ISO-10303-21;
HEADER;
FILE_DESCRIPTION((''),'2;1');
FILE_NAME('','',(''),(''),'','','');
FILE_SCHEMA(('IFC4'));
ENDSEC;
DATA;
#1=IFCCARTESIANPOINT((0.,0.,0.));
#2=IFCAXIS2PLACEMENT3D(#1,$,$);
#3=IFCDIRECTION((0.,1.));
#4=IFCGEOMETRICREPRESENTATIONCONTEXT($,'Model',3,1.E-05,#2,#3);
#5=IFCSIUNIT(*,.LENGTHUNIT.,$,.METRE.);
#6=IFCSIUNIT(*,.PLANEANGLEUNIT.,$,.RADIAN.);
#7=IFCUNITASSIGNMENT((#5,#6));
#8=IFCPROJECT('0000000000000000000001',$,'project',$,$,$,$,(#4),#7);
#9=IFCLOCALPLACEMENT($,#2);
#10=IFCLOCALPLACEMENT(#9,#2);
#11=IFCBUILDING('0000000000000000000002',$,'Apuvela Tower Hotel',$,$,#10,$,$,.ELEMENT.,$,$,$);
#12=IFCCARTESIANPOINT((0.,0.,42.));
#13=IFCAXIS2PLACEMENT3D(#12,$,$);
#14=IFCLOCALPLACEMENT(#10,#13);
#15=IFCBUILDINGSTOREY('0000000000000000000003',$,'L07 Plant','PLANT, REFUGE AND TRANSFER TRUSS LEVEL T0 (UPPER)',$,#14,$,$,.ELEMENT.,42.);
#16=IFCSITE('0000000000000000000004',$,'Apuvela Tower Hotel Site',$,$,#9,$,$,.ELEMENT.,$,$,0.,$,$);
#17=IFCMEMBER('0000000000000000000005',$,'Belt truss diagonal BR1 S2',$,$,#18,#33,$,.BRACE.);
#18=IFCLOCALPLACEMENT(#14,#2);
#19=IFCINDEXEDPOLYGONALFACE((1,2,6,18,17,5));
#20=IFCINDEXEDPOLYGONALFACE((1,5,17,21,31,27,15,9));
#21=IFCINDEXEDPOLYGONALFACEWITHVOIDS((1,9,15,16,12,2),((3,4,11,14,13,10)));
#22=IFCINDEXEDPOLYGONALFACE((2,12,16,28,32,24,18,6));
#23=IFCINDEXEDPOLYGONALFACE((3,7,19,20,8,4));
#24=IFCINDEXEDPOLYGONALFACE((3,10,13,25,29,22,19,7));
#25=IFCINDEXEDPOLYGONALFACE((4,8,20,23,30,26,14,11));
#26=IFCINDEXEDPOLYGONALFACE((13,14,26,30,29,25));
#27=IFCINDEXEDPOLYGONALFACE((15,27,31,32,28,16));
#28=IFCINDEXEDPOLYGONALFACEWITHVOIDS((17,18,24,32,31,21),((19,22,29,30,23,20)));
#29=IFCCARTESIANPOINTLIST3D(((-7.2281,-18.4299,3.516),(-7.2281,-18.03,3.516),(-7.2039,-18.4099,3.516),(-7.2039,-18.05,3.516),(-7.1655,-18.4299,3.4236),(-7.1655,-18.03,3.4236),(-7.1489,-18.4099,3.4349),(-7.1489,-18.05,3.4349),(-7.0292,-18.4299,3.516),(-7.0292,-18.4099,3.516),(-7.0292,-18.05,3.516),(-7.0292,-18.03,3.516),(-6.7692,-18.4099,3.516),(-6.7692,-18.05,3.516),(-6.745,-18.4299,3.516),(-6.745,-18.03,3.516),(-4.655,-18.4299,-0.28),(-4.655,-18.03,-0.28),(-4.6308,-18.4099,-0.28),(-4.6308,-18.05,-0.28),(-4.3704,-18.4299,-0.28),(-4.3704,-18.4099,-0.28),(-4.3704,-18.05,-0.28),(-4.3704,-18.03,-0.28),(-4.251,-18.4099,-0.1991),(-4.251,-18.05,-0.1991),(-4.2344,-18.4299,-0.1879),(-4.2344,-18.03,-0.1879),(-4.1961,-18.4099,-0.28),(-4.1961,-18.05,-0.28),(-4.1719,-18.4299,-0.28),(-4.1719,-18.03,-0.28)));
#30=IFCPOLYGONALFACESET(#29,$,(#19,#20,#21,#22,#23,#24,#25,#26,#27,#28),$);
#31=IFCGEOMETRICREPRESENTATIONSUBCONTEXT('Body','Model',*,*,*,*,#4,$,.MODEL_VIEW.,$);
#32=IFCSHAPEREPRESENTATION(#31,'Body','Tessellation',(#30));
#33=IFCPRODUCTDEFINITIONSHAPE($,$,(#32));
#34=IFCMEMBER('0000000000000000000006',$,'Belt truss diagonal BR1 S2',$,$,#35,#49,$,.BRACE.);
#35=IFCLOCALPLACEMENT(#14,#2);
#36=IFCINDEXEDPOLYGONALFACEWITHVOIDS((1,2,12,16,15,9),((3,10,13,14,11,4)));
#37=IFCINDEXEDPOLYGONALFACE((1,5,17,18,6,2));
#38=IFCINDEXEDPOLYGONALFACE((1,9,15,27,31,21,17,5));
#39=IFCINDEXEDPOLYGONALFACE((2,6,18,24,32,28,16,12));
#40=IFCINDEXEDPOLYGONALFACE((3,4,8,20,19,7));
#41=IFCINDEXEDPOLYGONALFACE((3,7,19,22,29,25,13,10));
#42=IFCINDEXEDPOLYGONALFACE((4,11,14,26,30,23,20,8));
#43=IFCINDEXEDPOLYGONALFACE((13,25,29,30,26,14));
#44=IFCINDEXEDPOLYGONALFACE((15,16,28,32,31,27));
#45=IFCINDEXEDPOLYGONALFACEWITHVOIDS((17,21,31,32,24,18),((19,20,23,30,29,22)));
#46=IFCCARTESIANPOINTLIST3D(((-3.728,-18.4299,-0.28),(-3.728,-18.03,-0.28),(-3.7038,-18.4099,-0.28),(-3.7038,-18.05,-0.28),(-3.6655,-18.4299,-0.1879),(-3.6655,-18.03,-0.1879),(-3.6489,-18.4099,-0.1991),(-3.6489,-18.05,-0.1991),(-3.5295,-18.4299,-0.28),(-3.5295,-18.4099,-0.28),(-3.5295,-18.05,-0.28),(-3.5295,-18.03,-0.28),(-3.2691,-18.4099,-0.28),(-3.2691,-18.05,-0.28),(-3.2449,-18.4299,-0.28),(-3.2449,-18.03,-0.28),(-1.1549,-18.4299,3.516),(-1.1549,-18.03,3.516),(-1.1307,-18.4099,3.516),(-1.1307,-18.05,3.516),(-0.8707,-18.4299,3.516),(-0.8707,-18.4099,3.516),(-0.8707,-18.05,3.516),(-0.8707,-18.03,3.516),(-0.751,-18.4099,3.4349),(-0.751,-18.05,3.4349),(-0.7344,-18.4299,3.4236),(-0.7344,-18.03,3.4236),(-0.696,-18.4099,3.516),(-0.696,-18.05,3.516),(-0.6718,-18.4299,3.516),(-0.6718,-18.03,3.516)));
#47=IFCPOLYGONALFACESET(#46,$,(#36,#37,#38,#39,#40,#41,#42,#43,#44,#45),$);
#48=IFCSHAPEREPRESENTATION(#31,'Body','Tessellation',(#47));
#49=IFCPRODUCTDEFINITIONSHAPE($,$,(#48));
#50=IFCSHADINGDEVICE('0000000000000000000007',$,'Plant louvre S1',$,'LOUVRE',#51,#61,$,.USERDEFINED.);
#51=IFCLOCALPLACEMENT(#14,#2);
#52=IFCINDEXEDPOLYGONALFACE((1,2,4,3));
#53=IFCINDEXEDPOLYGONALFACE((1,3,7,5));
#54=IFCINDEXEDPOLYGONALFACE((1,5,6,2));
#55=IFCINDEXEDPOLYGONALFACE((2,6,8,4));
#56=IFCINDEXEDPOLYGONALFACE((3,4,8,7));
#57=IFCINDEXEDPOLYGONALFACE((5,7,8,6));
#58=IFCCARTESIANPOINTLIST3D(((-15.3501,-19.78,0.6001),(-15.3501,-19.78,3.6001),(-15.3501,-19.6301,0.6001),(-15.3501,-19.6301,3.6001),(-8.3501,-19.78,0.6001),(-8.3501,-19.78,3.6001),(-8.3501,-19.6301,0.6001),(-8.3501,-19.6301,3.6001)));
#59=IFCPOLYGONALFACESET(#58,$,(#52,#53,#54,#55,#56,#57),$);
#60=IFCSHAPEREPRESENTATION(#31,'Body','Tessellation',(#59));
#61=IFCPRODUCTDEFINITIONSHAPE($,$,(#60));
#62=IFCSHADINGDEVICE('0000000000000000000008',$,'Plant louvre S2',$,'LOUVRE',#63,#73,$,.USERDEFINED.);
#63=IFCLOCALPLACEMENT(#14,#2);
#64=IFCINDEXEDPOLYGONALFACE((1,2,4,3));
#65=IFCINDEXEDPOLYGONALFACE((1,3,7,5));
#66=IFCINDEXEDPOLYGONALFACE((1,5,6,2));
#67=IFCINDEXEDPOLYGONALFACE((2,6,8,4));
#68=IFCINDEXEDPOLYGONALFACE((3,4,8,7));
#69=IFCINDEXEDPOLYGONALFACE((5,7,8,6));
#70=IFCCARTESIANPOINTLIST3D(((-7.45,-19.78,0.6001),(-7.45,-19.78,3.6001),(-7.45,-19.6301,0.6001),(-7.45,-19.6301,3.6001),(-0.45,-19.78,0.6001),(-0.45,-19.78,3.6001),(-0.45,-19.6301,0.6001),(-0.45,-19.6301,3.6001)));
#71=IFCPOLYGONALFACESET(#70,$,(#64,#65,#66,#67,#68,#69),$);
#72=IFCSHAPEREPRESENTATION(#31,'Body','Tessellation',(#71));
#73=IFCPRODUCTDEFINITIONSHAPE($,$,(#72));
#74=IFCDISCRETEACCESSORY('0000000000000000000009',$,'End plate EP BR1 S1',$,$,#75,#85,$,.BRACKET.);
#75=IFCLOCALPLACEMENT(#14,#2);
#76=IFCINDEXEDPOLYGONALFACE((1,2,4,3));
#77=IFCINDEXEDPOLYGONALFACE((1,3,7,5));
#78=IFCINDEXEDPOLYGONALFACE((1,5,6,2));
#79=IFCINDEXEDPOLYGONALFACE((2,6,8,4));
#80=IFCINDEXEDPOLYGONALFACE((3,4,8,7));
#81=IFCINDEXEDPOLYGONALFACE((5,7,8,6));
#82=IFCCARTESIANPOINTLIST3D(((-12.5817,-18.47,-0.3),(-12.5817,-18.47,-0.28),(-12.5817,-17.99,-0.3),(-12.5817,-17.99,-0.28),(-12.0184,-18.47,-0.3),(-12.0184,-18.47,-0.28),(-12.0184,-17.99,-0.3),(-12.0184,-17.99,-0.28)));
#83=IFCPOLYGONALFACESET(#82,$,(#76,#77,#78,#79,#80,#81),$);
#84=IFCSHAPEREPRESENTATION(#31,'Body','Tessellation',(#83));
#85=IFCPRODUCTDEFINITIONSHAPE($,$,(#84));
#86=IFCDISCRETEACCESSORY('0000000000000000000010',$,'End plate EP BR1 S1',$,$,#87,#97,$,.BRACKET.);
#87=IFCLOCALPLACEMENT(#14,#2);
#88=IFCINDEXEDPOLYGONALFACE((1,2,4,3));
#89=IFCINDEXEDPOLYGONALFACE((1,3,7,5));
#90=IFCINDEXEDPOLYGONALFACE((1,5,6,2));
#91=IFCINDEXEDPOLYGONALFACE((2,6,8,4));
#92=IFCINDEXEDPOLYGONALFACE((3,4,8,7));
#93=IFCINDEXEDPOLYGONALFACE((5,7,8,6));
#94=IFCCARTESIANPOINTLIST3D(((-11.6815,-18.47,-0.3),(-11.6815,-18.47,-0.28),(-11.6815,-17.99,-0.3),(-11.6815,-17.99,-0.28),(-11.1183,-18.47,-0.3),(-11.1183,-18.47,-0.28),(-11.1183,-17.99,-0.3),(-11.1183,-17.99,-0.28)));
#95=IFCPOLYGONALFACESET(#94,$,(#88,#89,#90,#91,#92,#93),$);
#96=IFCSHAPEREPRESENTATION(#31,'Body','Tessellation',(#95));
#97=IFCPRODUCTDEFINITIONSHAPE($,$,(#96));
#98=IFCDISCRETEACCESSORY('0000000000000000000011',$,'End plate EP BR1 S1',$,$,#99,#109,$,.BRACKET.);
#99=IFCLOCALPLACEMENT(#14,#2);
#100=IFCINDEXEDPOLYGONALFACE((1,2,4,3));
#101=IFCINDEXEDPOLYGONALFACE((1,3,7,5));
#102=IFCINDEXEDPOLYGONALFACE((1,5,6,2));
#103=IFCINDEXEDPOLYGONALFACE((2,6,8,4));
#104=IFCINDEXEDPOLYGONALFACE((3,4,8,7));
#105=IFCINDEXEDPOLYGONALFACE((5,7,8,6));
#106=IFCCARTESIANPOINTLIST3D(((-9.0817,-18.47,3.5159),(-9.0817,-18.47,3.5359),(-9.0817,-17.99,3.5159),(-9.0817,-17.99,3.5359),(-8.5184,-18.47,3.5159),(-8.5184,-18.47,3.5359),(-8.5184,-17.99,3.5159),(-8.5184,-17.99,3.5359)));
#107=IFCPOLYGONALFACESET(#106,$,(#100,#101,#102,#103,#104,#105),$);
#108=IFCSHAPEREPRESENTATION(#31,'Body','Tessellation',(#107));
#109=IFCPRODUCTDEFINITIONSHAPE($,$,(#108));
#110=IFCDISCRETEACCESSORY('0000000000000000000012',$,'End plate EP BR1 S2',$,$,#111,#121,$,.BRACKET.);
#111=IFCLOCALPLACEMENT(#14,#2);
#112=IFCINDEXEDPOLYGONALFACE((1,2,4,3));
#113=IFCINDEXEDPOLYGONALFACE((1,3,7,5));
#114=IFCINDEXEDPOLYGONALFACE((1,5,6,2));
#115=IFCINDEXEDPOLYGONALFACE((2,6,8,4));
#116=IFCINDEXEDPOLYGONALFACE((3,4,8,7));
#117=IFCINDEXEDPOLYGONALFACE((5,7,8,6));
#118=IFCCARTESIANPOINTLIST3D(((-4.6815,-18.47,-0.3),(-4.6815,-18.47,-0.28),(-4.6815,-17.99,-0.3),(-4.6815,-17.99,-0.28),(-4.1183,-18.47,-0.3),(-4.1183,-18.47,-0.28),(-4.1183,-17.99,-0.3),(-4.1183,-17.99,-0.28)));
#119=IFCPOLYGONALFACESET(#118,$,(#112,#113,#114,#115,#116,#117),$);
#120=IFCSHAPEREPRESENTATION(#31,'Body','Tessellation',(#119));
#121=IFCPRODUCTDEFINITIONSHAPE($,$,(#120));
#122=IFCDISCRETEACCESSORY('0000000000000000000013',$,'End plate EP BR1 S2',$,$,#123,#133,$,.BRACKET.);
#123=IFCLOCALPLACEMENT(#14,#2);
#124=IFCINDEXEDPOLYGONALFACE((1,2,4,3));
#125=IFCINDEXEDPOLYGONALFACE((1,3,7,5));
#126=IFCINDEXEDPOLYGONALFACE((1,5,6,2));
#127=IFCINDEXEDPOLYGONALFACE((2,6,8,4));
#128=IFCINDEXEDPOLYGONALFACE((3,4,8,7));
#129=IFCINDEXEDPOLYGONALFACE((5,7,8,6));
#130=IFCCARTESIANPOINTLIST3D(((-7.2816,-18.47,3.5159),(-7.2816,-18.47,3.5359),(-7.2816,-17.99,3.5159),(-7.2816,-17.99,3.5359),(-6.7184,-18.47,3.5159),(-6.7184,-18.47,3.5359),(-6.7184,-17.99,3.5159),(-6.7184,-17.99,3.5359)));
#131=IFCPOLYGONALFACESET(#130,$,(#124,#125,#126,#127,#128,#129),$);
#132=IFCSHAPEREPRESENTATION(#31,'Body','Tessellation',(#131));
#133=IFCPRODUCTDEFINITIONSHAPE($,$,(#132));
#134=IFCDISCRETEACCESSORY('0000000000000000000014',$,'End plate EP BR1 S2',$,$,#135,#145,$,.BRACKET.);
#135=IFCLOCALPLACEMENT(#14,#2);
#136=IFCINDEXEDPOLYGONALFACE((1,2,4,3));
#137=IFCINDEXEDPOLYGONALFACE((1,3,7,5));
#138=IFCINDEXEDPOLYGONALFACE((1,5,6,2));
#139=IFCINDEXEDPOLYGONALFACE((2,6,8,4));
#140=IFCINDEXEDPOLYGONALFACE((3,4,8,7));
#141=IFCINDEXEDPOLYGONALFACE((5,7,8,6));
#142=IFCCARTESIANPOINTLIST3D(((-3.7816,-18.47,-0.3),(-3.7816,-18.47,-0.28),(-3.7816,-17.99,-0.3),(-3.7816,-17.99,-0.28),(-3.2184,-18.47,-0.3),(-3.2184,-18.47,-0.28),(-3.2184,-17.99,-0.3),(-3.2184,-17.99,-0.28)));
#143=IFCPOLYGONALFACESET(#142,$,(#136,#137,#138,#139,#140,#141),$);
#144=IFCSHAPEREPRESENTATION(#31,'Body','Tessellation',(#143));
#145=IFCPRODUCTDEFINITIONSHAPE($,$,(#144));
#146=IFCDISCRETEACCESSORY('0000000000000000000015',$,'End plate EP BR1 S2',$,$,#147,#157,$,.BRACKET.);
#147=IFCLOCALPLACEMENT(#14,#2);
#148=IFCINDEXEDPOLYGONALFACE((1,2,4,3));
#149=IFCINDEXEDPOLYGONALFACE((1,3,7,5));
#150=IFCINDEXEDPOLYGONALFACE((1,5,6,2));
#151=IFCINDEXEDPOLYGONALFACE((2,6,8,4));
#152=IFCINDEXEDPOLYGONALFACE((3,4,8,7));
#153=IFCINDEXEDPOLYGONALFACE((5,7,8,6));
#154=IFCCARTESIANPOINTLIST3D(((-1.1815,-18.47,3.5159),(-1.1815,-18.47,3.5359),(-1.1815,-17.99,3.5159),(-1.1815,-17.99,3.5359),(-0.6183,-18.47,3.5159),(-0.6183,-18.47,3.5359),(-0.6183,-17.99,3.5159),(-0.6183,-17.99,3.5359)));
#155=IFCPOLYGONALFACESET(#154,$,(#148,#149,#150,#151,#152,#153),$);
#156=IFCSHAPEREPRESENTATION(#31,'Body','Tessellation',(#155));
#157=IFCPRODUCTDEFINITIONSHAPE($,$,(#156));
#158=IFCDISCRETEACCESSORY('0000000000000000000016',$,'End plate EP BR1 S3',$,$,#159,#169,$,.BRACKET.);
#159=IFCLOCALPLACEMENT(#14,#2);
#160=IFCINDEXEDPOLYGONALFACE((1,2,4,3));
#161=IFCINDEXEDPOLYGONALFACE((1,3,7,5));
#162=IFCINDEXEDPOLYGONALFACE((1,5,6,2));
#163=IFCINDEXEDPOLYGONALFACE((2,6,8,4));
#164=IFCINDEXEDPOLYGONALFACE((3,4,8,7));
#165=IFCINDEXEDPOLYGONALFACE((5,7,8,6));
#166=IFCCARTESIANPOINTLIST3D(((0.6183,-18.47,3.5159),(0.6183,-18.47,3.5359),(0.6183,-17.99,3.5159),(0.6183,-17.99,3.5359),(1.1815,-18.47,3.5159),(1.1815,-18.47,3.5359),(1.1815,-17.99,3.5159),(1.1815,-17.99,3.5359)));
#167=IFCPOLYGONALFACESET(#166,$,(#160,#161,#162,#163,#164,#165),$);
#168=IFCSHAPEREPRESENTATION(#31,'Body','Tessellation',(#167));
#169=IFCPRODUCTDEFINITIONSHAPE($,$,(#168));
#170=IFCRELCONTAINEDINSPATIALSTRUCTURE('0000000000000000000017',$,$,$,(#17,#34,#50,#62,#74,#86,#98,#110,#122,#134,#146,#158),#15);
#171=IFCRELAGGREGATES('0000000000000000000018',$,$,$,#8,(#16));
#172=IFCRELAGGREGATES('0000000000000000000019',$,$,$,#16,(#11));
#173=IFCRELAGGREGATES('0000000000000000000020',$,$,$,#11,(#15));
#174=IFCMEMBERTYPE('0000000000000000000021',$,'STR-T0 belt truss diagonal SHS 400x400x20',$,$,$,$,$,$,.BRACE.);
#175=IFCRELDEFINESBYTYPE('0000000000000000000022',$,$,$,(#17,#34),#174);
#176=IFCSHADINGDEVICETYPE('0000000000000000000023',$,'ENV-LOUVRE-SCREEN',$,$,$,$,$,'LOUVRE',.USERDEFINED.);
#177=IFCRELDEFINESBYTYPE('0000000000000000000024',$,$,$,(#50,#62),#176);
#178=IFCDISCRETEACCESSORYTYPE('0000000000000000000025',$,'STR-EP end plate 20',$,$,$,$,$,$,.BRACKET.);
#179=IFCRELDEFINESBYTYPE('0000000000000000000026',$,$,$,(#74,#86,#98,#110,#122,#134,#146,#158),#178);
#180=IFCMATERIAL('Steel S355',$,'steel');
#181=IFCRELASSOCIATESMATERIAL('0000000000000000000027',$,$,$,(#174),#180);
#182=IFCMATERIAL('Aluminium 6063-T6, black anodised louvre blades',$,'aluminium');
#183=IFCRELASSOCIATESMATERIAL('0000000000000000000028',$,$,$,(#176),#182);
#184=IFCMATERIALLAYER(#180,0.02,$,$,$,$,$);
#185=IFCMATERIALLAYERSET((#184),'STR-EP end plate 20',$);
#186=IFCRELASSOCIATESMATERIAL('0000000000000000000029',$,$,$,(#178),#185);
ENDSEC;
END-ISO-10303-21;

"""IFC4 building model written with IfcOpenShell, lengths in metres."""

from ifc_helpers import new_model, si_unit, direction, frame, origin, origin_2d, place, context, subcontext, project, spatial, rectangle, hollow_rectangle, extrude, boolean, halfspace, material, layer, layer_set, material_profile, profile_set, type_object, element, save


model = new_model("IFC4")

# Units and contexts
model_context = context("Model", 3, precision=1e-05, world=origin(), true_north=direction((0.0, 1.0)))
body_context = subcontext(model_context, "Body", "Model", "MODEL_VIEW")
ifc_project = project(units=[si_unit("LENGTHUNIT", "METRE"), si_unit("PLANEANGLEUNIT", "RADIAN")], contexts=[model_context])

# Site, building, storey
site_placement = place(None, origin())
site = spatial("IfcSite", under=ifc_project, at=site_placement, Name="Apuvela Tower Hotel Site", CompositionType="ELEMENT", RefElevation=0.0)
building_placement = place(site_placement, origin())
building = spatial("IfcBuilding", under=site, at=building_placement, Name="Apuvela Tower Hotel", CompositionType="ELEMENT")
storey_placement = place(building_placement, frame((0.0, 0.0, 42.0)))
storey = spatial("IfcBuildingStorey", under=building, at=storey_placement, Name="L07 Plant", Description="PLANT, REFUGE AND TRANSFER TRUSS LEVEL T0 (UPPER)", CompositionType="ELEMENT", Elevation=42.0)

# Shared definitions
ifc_material_1 = material(Name="Steel S355", Category="steel")

# Members
ifc_material_profile_1 = material_profile(ifc_material_1, hollow_rectangle(XDim=0.3999, YDim=0.3999, WallThickness=0.02, at=origin_2d()), Name="SHS 400x400x20")
ifc_profile_set_1 = profile_set([ifc_material_profile_1], Name="Steel S355")
member_type = type_object("IfcMemberType", Name="STR-T0 belt truss diagonal SHS 400x400x20", PredefinedType="BRACE", material=ifc_profile_set_1)
member_1_placement = place(storey_placement, frame((-4.3999, -18.23, -0.3), z_axis=(-0.561079, 0.0, 0.827762), x_axis=(0.827762, 0.0, 0.561079)))
solid_1 = boolean("DIFFERENCE", boolean("DIFFERENCE", extrude(hollow_rectangle(XDim=0.3999, YDim=0.3999, WallThickness=0.02, at=origin_2d()), frame((0.0, 0.0, -0.2556)), (0.0, 0.0, 1.0), 5.1453), halfspace(frame((0.0, 0.0, 0.0242), z_axis=(0.561079, 0.0, 0.827762), x_axis=(0.827762, 0.0, -0.561079)), True)), halfspace(frame((0.0, 0.0, 4.6101), z_axis=(0.561079, 0.0, 0.827762), x_axis=(0.827762, 0.0, -0.561079)), False))
element("IfcMember", 1, at=member_1_placement, inside=storey, type_object=member_type, Name="Belt truss diagonal BR1 S2", PredefinedType="BRACE", context=body_context, shape_type="SweptSolid", body=[
    boolean("UNION", boolean("DIFFERENCE", boolean("DIFFERENCE", extrude(hollow_rectangle(XDim=0.3999, YDim=0.3999, WallThickness=0.02, at=origin_2d()), origin(), (0.0, 0.0, 1.0), 4.634), halfspace(frame((0.0, 0.0, 0.0242), z_axis=(0.561079, 0.0, 0.827762), x_axis=(0.827762, 0.0, -0.561079)), True)), halfspace(frame((0.0, 0.0, 4.6101), z_axis=(0.561079, 0.0, 0.827762), x_axis=(0.827762, 0.0, -0.561079)), False)), solid_1),
])
member_2_placement = place(storey_placement, frame((-3.5, -18.23, -0.3), z_axis=(0.561079, 0.0, 0.827762), x_axis=(-0.827762, 0.0, 0.561079)))
solid_2 = boolean("DIFFERENCE", boolean("DIFFERENCE", extrude(hollow_rectangle(XDim=0.3999, YDim=0.3999, WallThickness=0.02, at=origin_2d()), frame((0.0, 0.0, -0.2556)), (0.0, 0.0, 1.0), 5.1453), halfspace(frame((0.0, 0.0, 0.0242), z_axis=(0.561079, 0.0, 0.827762), x_axis=(0.827762, 0.0, -0.561079)), True)), halfspace(frame((0.0, 0.0, 4.6101), z_axis=(0.561079, 0.0, 0.827762), x_axis=(0.827762, 0.0, -0.561079)), False))
element("IfcMember", 2, at=member_2_placement, inside=storey, type_object=member_type, Name="Belt truss diagonal BR1 S2", PredefinedType="BRACE", context=body_context, shape_type="SweptSolid", body=[
    boolean("UNION", boolean("DIFFERENCE", boolean("DIFFERENCE", extrude(hollow_rectangle(XDim=0.3999, YDim=0.3999, WallThickness=0.02, at=origin_2d()), origin(), (0.0, 0.0, 1.0), 4.634), halfspace(frame((0.0, 0.0, 0.0242), z_axis=(0.561079, 0.0, 0.827762), x_axis=(0.827762, 0.0, -0.561079)), True)), halfspace(frame((0.0, 0.0, 4.6101), z_axis=(0.561079, 0.0, 0.827762), x_axis=(0.827762, 0.0, -0.561079)), False)), solid_2),
])

# Shading devices
ifc_material_2 = material(Name="Aluminium 6063-T6, black anodised louvre blades", Category="aluminium")
shading_device_type = type_object("IfcShadingDeviceType", Name="ENV-LOUVRE-SCREEN", ElementType="LOUVRE", PredefinedType="USERDEFINED", material=ifc_material_2)
for number, where, z_axis, x_axis, name in (
    (3, (-11.8501, -19.7051, 0.6001), (0.0, 0.0, 1.0), (1.0, 0.0, 0.0), "Plant louvre S1"),
    (4, (-3.95, -19.7051, 0.6001), (0.0, 0.0, 1.0), (1.0, 0.0, 0.0), "Plant louvre S2"),
):
    element("IfcShadingDevice", number, at=place(storey_placement, frame(where, z_axis=z_axis, x_axis=x_axis)), inside=storey, type_object=shading_device_type, Name=name, ObjectType="LOUVRE", PredefinedType="USERDEFINED", context=body_context, shape_type="SweptSolid", body=[
        extrude(rectangle(XDim=7.0, YDim=0.1499, at=origin_2d()), origin(), (0.0, 0.0, 1.0), 3.0),
    ])

# Discrete accessories
ifc_layer = layer(ifc_material_1, 0.02)
ifc_layer_set = layer_set([ifc_layer], Name="STR-EP end plate 20")
discrete_accessory_type = type_object("IfcDiscreteAccessoryType", Name="STR-EP end plate 20", PredefinedType="BRACKET", material=ifc_layer_set)
for number, where, z_axis, x_axis, name in (
    (5, (-12.3, -18.23, -0.3), (0.0, 0.0, 1.0), (-1.0, 0.0, 0.0), "End plate EP BR1 S1"),
    (6, (-11.3999, -18.23, -0.3), (0.0, 0.0, 1.0), (1.0, 0.0, 0.0), "End plate EP BR1 S1"),
    (7, (-8.8, -18.23, 3.5159), (0.0, 0.0, 1.0), (1.0, 0.0, 0.0), "End plate EP BR1 S1"),
    (8, (-4.3999, -18.23, -0.3), (0.0, 0.0, 1.0), (-1.0, 0.0, 0.0), "End plate EP BR1 S2"),
    (9, (-7.0, -18.23, 3.5159), (0.0, 0.0, 1.0), (-1.0, 0.0, 0.0), "End plate EP BR1 S2"),
    (10, (-3.5, -18.23, -0.3), (0.0, 0.0, 1.0), (1.0, 0.0, 0.0), "End plate EP BR1 S2"),
    (11, (-0.8999, -18.23, 3.5159), (0.0, 0.0, 1.0), (1.0, 0.0, 0.0), "End plate EP BR1 S2"),
    (12, (0.8999, -18.23, 3.5159), (0.0, 0.0, 1.0), (-1.0, 0.0, 0.0), "End plate EP BR1 S3"),
):
    element("IfcDiscreteAccessory", number, at=place(storey_placement, frame(where, z_axis=z_axis, x_axis=x_axis)), inside=storey, type_object=discrete_accessory_type, Name=name, PredefinedType="BRACKET", context=body_context, shape_type="SweptSolid", body=[
        extrude(rectangle(XDim=0.5632, YDim=0.48, at=origin_2d()), origin(), (0.0, 0.0, 1.0), 0.02),
    ])

save(model, "model.ifc")
